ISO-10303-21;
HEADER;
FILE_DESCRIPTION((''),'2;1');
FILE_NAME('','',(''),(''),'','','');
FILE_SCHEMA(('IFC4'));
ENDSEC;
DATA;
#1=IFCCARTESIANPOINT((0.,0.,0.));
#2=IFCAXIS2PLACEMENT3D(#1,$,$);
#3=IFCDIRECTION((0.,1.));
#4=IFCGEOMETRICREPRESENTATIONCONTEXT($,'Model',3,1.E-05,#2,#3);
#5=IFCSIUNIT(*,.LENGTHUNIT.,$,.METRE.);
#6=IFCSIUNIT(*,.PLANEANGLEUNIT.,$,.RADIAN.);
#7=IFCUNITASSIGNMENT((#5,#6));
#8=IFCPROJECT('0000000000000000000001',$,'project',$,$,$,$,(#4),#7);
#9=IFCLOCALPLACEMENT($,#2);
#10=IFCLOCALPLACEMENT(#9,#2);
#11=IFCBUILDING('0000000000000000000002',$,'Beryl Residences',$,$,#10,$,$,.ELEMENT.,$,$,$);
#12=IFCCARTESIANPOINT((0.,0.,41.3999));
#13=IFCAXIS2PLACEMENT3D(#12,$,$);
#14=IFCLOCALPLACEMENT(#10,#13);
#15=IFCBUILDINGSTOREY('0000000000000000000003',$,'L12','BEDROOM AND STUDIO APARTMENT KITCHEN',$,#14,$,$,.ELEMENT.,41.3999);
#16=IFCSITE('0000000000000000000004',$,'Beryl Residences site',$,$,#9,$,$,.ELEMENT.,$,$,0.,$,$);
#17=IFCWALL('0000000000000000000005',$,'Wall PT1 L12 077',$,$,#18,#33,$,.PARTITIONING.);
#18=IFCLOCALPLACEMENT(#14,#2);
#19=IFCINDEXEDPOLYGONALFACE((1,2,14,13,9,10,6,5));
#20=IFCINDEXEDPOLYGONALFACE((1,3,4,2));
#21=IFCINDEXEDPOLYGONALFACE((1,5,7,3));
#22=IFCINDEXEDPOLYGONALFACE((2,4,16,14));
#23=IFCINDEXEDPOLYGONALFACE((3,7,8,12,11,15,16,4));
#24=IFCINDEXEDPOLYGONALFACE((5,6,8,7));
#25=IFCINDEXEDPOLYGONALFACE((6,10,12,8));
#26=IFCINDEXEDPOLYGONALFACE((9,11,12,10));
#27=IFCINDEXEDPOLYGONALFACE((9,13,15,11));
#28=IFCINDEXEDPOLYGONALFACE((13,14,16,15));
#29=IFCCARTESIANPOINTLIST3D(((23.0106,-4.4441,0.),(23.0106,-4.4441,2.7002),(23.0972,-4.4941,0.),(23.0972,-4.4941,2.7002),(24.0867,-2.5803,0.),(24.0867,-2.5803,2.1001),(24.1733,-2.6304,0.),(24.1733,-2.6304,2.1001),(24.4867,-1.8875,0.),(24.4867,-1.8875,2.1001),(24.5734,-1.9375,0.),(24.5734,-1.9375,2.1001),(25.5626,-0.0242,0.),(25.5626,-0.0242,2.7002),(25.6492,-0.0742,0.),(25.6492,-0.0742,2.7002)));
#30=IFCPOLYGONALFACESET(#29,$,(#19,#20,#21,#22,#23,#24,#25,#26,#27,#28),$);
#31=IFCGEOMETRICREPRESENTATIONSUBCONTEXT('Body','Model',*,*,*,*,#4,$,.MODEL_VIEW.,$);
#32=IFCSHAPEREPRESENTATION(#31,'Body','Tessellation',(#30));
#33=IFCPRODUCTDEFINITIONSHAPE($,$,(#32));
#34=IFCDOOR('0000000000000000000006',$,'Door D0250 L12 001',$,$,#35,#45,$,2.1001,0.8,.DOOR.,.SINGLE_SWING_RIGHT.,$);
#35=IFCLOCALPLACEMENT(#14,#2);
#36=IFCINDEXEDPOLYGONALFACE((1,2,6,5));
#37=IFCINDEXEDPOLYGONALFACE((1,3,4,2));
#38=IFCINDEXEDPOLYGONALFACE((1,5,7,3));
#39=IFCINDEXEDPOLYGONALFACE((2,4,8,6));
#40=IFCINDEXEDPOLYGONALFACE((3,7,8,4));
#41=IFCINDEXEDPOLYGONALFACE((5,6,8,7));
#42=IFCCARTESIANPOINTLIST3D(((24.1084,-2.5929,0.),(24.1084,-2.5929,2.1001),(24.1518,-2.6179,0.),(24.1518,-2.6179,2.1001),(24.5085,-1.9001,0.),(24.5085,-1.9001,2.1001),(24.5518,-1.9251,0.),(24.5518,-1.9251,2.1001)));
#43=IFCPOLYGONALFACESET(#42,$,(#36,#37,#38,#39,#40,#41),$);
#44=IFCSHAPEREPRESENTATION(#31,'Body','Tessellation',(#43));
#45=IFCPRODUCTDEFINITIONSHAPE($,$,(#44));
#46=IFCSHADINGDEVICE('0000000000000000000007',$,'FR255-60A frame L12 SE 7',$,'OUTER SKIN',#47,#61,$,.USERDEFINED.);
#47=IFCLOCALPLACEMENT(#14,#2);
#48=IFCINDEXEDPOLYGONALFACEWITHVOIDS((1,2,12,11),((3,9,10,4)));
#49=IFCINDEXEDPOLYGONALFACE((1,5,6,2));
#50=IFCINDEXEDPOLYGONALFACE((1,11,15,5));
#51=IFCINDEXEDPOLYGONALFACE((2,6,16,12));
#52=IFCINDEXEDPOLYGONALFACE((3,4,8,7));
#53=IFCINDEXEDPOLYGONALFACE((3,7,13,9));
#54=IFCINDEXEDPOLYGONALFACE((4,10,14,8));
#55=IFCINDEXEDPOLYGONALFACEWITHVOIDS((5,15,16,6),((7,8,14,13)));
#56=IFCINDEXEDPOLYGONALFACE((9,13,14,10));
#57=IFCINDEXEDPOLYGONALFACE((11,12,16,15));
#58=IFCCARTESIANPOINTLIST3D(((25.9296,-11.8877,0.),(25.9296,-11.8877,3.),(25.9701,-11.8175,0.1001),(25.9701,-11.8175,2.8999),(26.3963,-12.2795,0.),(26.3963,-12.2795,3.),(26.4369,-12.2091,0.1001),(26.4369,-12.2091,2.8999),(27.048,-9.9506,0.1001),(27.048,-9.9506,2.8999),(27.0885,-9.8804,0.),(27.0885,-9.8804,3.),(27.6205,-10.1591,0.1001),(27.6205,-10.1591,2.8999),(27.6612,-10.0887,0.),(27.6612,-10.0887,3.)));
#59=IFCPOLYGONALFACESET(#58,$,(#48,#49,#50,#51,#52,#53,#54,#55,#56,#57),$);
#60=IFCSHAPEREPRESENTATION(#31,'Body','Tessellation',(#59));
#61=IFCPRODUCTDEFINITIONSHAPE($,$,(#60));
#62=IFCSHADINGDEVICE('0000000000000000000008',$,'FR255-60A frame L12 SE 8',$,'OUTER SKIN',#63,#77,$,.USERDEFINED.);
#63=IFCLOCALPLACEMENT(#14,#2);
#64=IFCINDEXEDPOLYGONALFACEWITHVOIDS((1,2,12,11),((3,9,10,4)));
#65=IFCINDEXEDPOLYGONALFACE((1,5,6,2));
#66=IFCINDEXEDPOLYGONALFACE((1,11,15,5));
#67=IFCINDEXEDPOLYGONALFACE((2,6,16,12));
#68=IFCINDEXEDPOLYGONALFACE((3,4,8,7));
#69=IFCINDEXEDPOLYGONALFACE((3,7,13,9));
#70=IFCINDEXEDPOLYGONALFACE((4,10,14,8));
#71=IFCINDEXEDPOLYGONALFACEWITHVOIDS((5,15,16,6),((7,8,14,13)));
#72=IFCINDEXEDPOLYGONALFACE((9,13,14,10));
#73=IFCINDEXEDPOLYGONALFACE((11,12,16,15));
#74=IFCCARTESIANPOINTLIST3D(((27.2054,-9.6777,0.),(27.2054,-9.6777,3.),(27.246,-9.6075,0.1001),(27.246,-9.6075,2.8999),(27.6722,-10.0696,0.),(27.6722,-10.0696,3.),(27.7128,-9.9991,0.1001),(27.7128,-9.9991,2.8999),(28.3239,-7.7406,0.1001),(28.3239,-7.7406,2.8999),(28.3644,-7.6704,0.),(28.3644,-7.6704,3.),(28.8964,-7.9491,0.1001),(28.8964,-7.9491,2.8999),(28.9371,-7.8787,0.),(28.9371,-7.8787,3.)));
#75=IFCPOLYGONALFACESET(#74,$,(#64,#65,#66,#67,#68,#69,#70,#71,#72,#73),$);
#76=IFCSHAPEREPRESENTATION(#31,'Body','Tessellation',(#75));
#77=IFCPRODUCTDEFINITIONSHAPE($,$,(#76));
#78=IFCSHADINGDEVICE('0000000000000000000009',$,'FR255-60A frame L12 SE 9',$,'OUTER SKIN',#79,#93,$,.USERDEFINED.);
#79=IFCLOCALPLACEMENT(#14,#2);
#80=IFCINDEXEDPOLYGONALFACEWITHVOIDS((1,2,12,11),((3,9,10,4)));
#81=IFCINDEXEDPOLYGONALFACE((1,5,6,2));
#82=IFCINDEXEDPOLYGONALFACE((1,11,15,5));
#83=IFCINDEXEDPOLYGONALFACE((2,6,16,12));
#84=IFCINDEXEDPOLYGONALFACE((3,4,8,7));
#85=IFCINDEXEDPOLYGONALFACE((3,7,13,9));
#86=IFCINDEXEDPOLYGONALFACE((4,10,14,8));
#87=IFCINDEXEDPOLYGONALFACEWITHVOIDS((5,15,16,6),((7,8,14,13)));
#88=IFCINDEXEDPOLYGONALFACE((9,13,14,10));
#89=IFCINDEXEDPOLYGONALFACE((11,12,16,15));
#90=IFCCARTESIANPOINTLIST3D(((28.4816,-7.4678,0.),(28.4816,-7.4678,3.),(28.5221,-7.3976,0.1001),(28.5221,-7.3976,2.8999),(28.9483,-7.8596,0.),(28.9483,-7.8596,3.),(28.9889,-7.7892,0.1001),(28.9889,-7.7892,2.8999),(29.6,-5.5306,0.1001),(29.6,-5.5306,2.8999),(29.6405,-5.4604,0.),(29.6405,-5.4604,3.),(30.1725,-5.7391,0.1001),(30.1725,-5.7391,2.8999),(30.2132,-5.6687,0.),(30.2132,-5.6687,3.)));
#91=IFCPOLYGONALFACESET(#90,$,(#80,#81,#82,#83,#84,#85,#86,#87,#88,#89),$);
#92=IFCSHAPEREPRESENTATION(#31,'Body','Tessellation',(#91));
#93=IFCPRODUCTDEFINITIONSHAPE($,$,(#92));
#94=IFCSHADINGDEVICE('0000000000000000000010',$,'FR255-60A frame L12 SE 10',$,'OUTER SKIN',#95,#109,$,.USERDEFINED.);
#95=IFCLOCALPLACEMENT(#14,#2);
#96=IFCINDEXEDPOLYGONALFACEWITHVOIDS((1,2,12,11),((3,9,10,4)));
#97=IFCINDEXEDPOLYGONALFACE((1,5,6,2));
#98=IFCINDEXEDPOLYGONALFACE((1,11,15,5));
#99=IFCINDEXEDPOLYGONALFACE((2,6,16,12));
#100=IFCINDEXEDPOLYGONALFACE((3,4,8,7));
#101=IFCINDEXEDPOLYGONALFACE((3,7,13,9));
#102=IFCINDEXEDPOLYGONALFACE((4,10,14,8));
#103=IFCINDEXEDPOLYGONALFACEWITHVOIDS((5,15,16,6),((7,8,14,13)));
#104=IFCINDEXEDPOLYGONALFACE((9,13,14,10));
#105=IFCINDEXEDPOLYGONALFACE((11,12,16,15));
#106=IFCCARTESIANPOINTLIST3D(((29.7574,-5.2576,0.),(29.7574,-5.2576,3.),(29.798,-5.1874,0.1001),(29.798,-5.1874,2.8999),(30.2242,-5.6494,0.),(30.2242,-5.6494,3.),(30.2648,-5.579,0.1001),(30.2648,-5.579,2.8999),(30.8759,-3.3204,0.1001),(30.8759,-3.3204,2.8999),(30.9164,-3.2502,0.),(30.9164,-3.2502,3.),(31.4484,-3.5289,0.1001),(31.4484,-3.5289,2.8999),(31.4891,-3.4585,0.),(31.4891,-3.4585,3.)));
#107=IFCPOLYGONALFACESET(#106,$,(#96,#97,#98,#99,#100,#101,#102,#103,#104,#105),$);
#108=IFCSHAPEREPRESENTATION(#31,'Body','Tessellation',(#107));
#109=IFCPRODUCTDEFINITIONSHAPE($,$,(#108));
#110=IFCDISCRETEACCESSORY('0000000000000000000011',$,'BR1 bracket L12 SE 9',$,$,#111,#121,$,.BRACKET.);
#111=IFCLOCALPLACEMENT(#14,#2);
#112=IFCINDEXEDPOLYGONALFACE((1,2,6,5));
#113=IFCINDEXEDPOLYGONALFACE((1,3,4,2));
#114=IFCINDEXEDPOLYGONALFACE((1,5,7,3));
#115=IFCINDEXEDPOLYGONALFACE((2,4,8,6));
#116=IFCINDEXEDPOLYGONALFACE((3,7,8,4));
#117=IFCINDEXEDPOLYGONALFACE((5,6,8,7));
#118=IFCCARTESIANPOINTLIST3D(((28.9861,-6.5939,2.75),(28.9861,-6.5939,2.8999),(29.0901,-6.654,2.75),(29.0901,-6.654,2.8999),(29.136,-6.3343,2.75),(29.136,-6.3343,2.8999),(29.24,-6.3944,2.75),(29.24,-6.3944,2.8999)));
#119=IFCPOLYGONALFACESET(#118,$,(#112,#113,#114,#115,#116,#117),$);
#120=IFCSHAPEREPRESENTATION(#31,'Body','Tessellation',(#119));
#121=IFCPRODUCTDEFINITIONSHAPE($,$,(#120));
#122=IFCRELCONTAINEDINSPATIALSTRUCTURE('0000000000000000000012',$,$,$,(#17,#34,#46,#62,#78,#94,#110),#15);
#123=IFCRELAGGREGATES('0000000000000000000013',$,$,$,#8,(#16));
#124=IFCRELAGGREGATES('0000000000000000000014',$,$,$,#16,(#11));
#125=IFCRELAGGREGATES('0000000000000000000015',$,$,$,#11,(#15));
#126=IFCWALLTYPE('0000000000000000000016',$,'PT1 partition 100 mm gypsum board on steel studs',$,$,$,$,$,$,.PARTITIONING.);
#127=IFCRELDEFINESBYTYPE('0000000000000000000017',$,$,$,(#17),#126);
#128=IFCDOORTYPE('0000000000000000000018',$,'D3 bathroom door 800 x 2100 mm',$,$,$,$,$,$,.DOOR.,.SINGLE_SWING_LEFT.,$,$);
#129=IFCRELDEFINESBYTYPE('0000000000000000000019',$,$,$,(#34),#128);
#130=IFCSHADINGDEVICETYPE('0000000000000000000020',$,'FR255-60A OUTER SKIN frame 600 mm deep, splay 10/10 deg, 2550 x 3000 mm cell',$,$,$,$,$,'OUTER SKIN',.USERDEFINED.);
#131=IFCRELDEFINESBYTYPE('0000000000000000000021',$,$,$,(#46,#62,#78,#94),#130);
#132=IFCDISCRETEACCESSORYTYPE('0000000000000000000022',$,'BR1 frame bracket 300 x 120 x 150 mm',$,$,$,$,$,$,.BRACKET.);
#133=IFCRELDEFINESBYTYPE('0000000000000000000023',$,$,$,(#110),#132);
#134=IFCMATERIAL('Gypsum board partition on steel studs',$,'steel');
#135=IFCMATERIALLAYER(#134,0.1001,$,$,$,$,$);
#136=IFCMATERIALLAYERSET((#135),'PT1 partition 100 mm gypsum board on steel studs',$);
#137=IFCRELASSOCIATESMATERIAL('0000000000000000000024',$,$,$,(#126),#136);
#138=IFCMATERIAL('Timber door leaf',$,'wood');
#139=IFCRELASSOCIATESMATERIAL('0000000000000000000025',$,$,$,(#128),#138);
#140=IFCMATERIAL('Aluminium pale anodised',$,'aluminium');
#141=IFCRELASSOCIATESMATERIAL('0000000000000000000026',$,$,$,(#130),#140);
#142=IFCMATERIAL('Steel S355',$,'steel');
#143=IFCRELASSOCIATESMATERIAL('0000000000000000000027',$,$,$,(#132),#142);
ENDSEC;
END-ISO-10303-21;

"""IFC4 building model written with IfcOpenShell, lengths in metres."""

from ifc_helpers import new_model, entity, si_unit, direction, frame, frame_2d, origin, place, context, subcontext, project, spatial, polyline, rectangle, outline, extrude, source, transform, mapped, material, layer, layer_set, type_object, type_shapes, element, fill, save


model = new_model("IFC4")

# Units and contexts
model_context = context("Model", 3, precision=1e-05, world=origin(), true_north=direction((0.0, 1.0)))
body_context = subcontext(model_context, "Body", "Model", "MODEL_VIEW")
ifc_project = project(units=[si_unit("LENGTHUNIT", "METRE"), si_unit("PLANEANGLEUNIT", "RADIAN")], contexts=[model_context])

# Site, building, storey
site_placement = place(None, origin())
site = spatial("IfcSite", under=ifc_project, at=site_placement, Name="Beryl Residences site", CompositionType="ELEMENT", RefElevation=0.0)
building_placement = place(site_placement, origin())
building = spatial("IfcBuilding", under=site, at=building_placement, Name="Beryl Residences", CompositionType="ELEMENT")
storey_placement = place(building_placement, frame((0.0, 0.0, 41.3999)))
storey = spatial("IfcBuildingStorey", under=building, at=storey_placement, Name="L12", Description="BEDROOM AND STUDIO APARTMENT KITCHEN", CompositionType="ELEMENT", Elevation=41.3999)

# Wall, opening, door
ifc_material_1 = material(Name="Gypsum board partition on steel studs", Category="steel")
ifc_layer_1 = layer(ifc_material_1, 0.1001)
ifc_layer_set_1 = layer_set([ifc_layer_1], Name="PT1 partition 100 mm gypsum board on steel studs")
wall_type_1 = type_object("IfcWallType", Name="PT1 partition 100 mm gypsum board on steel studs", PredefinedType="PARTITIONING", material=ifc_layer_set_1)
wall_1_placement = place(storey_placement, frame((23.054, -4.469, 0.0), z_axis=(0.0, 0.0, 1.0), x_axis=(0.500023, 0.866012, 0.0)))
wall_1 = element("IfcWall", 1, at=wall_1_placement, inside=storey, type_object=wall_type_1, Name="Wall PT1 L12 077", PredefinedType="PARTITIONING", context=body_context, shape_type="SweptSolid", body=[
    extrude(rectangle(XDim=5.1038, YDim=0.1001, at=frame_2d((2.5518, 0.0))), origin(), (0.0, 0.0, 1.0), 2.7002),
])
opening_1_placement = place(wall_1_placement, frame((2.1521, 0.0, 0.0)))
opening_1 = element("IfcOpeningElement", 2, at=opening_1_placement, cuts=wall_1, PredefinedType="OPENING", context=body_context, shape_type="SweptSolid", body=[
    extrude(rectangle(XDim=0.8, YDim=2.1001, at=frame_2d((0.3999, 1.05))), frame((0.0, 0.0601, 0.0), z_axis=(0.0, -1.0, 0.0), x_axis=(1.0, 0.0, 0.0)), (0.0, 0.0, 1.0), 0.1201),
])
ifc_material_2 = material(Name="Timber door leaf", Category="wood")
door_type_1 = type_object("IfcDoorType", Name="D3 bathroom door 800 x 2100 mm", OperationType="SINGLE_SWING_LEFT", PredefinedType="DOOR", material=ifc_material_2)
door_1_placement = place(opening_1_placement, origin())
door_1 = element("IfcDoor", 3, at=door_1_placement, inside=storey, type_object=door_type_1, Name="Door D0250 L12 001", OperationType="SINGLE_SWING_RIGHT", OverallHeight=2.1001, OverallWidth=0.8, PredefinedType="DOOR", context=body_context, shape_type="SweptSolid", body=[
    extrude(rectangle(XDim=0.8, YDim=2.1001, at=frame_2d((0.3999, 1.05))), frame((0.0, 0.0249, 0.0), z_axis=(0.0, -1.0, 0.0), x_axis=(1.0, 0.0, 0.0)), (0.0, 0.0, 1.0), 0.05),
])
fill(opening_1, door_1)

# Shading devices
ifc_material_3 = material(Name="Aluminium pale anodised", Category="aluminium")
shading_device_type = type_object("IfcShadingDeviceType", Name="FR255-60A OUTER SKIN frame 600 mm deep, splay 10/10 deg, 2550 x 3000 mm cell", ElementType="OUTER SKIN", PredefinedType="USERDEFINED", material=ifc_material_3)
cartesian_point_1 = entity("IfcCartesianPoint", [-1.1589, 0.0])
cartesian_point_2 = entity("IfcCartesianPoint", [-1.0779, 0.1001])
cartesian_point_3 = entity("IfcCartesianPoint", [-1.2649, 0.0])
cartesian_point_4 = entity("IfcCartesianPoint", [-1.1836, 0.1001])
shared_shape_1 = source(origin(), body_context, "Body", "SweptSolid", [
    entity("IfcExtrudedAreaSolidTapered", entity("IfcArbitraryProfileDefWithVoids", "AREA", None, entity("IfcPolyline", [cartesian_point_1, entity("IfcCartesianPoint", [1.1589, 0.0]), entity("IfcCartesianPoint", [1.1589, 3.0]), entity("IfcCartesianPoint", [-1.1589, 3.0]), cartesian_point_1]), [entity("IfcPolyline", [cartesian_point_2, entity("IfcCartesianPoint", [1.0779, 0.1001]), entity("IfcCartesianPoint", [1.0779, 2.8999]), entity("IfcCartesianPoint", [-1.0779, 2.8999]), cartesian_point_2])]), entity("IfcAxis2Placement3D", entity("IfcCartesianPoint", [0.0, 0.0, 0.0]), entity("IfcDirection", [0.0, 1.0, 0.0]), entity("IfcDirection", [-1.0, 0.0, 0.0])), entity("IfcDirection", [0.0, 0.0, 1.0]), 0.6001, entity("IfcArbitraryProfileDefWithVoids", "AREA", None, entity("IfcPolyline", [cartesian_point_3, entity("IfcCartesianPoint", [1.2649, 0.0]), entity("IfcCartesianPoint", [1.2649, 3.0]), entity("IfcCartesianPoint", [-1.2649, 3.0]), cartesian_point_3]), [entity("IfcPolyline", [cartesian_point_4, entity("IfcCartesianPoint", [1.1836, 0.1001]), entity("IfcCartesianPoint", [1.1836, 2.8999]), entity("IfcCartesianPoint", [-1.1836, 2.8999]), cartesian_point_4])])),
])
type_shapes(shading_device_type, [shared_shape_1])
for number, where, z_axis, x_axis, name in (
    (4, (26.509, -10.884, 0.0), (0.0, 0.0, 1.0), (-0.5, -0.866025, 0.0), "FR255-60A frame L12 SE 7"),
    (5, (27.7849, -8.6741, 0.0), (0.0, 0.0, 1.0), (-0.5, -0.866025, 0.0), "FR255-60A frame L12 SE 8"),
    (6, (29.061, -6.4641, 0.0), (0.0, 0.0, 1.0), (-0.5, -0.866025, 0.0), "FR255-60A frame L12 SE 9"),
    (7, (30.3369, -4.2539, 0.0), (0.0, 0.0, 1.0), (-0.5, -0.866025, 0.0), "FR255-60A frame L12 SE 10"),
):
    element("IfcShadingDevice", number, at=place(storey_placement, frame(where, z_axis=z_axis, x_axis=x_axis)), inside=storey, type_object=shading_device_type, Name=name, ObjectType="OUTER SKIN", PredefinedType="USERDEFINED", context=body_context, shape_type="MappedRepresentation", body=[
        mapped(shared_shape_1, transform((0.0, 0.0, 0.0))),
    ])

# Discrete accessory
ifc_material_4 = material(Name="Steel S355", Category="steel")
discrete_accessory_type = type_object("IfcDiscreteAccessoryType", Name="BR1 frame bracket 300 x 120 x 150 mm", PredefinedType="BRACKET", material=ifc_material_4)
shared_shape_2 = source(origin(), body_context, "Body", "SweptSolid", [
    extrude(outline(polyline([(-0.1499, 0.0), (0.1499, 0.0), (0.1499, 0.1201), (-0.1499, 0.1201), (-0.1499, 0.0)])), origin(), (0.0, 0.0, 1.0), 0.1499),
])
type_shapes(discrete_accessory_type, [shared_shape_2])
discrete_accessory_placement = place(storey_placement, frame((29.061, -6.4641, 2.75), z_axis=(0.0, 0.0, 1.0), x_axis=(-0.5, -0.866025, 0.0)))
element("IfcDiscreteAccessory", 8, at=discrete_accessory_placement, inside=storey, type_object=discrete_accessory_type, Name="BR1 bracket L12 SE 9", PredefinedType="BRACKET", context=body_context, shape_type="MappedRepresentation", body=[
    mapped(shared_shape_2, transform((0.0, 0.0, 0.0))),
])

save(model, "model.ifc")
